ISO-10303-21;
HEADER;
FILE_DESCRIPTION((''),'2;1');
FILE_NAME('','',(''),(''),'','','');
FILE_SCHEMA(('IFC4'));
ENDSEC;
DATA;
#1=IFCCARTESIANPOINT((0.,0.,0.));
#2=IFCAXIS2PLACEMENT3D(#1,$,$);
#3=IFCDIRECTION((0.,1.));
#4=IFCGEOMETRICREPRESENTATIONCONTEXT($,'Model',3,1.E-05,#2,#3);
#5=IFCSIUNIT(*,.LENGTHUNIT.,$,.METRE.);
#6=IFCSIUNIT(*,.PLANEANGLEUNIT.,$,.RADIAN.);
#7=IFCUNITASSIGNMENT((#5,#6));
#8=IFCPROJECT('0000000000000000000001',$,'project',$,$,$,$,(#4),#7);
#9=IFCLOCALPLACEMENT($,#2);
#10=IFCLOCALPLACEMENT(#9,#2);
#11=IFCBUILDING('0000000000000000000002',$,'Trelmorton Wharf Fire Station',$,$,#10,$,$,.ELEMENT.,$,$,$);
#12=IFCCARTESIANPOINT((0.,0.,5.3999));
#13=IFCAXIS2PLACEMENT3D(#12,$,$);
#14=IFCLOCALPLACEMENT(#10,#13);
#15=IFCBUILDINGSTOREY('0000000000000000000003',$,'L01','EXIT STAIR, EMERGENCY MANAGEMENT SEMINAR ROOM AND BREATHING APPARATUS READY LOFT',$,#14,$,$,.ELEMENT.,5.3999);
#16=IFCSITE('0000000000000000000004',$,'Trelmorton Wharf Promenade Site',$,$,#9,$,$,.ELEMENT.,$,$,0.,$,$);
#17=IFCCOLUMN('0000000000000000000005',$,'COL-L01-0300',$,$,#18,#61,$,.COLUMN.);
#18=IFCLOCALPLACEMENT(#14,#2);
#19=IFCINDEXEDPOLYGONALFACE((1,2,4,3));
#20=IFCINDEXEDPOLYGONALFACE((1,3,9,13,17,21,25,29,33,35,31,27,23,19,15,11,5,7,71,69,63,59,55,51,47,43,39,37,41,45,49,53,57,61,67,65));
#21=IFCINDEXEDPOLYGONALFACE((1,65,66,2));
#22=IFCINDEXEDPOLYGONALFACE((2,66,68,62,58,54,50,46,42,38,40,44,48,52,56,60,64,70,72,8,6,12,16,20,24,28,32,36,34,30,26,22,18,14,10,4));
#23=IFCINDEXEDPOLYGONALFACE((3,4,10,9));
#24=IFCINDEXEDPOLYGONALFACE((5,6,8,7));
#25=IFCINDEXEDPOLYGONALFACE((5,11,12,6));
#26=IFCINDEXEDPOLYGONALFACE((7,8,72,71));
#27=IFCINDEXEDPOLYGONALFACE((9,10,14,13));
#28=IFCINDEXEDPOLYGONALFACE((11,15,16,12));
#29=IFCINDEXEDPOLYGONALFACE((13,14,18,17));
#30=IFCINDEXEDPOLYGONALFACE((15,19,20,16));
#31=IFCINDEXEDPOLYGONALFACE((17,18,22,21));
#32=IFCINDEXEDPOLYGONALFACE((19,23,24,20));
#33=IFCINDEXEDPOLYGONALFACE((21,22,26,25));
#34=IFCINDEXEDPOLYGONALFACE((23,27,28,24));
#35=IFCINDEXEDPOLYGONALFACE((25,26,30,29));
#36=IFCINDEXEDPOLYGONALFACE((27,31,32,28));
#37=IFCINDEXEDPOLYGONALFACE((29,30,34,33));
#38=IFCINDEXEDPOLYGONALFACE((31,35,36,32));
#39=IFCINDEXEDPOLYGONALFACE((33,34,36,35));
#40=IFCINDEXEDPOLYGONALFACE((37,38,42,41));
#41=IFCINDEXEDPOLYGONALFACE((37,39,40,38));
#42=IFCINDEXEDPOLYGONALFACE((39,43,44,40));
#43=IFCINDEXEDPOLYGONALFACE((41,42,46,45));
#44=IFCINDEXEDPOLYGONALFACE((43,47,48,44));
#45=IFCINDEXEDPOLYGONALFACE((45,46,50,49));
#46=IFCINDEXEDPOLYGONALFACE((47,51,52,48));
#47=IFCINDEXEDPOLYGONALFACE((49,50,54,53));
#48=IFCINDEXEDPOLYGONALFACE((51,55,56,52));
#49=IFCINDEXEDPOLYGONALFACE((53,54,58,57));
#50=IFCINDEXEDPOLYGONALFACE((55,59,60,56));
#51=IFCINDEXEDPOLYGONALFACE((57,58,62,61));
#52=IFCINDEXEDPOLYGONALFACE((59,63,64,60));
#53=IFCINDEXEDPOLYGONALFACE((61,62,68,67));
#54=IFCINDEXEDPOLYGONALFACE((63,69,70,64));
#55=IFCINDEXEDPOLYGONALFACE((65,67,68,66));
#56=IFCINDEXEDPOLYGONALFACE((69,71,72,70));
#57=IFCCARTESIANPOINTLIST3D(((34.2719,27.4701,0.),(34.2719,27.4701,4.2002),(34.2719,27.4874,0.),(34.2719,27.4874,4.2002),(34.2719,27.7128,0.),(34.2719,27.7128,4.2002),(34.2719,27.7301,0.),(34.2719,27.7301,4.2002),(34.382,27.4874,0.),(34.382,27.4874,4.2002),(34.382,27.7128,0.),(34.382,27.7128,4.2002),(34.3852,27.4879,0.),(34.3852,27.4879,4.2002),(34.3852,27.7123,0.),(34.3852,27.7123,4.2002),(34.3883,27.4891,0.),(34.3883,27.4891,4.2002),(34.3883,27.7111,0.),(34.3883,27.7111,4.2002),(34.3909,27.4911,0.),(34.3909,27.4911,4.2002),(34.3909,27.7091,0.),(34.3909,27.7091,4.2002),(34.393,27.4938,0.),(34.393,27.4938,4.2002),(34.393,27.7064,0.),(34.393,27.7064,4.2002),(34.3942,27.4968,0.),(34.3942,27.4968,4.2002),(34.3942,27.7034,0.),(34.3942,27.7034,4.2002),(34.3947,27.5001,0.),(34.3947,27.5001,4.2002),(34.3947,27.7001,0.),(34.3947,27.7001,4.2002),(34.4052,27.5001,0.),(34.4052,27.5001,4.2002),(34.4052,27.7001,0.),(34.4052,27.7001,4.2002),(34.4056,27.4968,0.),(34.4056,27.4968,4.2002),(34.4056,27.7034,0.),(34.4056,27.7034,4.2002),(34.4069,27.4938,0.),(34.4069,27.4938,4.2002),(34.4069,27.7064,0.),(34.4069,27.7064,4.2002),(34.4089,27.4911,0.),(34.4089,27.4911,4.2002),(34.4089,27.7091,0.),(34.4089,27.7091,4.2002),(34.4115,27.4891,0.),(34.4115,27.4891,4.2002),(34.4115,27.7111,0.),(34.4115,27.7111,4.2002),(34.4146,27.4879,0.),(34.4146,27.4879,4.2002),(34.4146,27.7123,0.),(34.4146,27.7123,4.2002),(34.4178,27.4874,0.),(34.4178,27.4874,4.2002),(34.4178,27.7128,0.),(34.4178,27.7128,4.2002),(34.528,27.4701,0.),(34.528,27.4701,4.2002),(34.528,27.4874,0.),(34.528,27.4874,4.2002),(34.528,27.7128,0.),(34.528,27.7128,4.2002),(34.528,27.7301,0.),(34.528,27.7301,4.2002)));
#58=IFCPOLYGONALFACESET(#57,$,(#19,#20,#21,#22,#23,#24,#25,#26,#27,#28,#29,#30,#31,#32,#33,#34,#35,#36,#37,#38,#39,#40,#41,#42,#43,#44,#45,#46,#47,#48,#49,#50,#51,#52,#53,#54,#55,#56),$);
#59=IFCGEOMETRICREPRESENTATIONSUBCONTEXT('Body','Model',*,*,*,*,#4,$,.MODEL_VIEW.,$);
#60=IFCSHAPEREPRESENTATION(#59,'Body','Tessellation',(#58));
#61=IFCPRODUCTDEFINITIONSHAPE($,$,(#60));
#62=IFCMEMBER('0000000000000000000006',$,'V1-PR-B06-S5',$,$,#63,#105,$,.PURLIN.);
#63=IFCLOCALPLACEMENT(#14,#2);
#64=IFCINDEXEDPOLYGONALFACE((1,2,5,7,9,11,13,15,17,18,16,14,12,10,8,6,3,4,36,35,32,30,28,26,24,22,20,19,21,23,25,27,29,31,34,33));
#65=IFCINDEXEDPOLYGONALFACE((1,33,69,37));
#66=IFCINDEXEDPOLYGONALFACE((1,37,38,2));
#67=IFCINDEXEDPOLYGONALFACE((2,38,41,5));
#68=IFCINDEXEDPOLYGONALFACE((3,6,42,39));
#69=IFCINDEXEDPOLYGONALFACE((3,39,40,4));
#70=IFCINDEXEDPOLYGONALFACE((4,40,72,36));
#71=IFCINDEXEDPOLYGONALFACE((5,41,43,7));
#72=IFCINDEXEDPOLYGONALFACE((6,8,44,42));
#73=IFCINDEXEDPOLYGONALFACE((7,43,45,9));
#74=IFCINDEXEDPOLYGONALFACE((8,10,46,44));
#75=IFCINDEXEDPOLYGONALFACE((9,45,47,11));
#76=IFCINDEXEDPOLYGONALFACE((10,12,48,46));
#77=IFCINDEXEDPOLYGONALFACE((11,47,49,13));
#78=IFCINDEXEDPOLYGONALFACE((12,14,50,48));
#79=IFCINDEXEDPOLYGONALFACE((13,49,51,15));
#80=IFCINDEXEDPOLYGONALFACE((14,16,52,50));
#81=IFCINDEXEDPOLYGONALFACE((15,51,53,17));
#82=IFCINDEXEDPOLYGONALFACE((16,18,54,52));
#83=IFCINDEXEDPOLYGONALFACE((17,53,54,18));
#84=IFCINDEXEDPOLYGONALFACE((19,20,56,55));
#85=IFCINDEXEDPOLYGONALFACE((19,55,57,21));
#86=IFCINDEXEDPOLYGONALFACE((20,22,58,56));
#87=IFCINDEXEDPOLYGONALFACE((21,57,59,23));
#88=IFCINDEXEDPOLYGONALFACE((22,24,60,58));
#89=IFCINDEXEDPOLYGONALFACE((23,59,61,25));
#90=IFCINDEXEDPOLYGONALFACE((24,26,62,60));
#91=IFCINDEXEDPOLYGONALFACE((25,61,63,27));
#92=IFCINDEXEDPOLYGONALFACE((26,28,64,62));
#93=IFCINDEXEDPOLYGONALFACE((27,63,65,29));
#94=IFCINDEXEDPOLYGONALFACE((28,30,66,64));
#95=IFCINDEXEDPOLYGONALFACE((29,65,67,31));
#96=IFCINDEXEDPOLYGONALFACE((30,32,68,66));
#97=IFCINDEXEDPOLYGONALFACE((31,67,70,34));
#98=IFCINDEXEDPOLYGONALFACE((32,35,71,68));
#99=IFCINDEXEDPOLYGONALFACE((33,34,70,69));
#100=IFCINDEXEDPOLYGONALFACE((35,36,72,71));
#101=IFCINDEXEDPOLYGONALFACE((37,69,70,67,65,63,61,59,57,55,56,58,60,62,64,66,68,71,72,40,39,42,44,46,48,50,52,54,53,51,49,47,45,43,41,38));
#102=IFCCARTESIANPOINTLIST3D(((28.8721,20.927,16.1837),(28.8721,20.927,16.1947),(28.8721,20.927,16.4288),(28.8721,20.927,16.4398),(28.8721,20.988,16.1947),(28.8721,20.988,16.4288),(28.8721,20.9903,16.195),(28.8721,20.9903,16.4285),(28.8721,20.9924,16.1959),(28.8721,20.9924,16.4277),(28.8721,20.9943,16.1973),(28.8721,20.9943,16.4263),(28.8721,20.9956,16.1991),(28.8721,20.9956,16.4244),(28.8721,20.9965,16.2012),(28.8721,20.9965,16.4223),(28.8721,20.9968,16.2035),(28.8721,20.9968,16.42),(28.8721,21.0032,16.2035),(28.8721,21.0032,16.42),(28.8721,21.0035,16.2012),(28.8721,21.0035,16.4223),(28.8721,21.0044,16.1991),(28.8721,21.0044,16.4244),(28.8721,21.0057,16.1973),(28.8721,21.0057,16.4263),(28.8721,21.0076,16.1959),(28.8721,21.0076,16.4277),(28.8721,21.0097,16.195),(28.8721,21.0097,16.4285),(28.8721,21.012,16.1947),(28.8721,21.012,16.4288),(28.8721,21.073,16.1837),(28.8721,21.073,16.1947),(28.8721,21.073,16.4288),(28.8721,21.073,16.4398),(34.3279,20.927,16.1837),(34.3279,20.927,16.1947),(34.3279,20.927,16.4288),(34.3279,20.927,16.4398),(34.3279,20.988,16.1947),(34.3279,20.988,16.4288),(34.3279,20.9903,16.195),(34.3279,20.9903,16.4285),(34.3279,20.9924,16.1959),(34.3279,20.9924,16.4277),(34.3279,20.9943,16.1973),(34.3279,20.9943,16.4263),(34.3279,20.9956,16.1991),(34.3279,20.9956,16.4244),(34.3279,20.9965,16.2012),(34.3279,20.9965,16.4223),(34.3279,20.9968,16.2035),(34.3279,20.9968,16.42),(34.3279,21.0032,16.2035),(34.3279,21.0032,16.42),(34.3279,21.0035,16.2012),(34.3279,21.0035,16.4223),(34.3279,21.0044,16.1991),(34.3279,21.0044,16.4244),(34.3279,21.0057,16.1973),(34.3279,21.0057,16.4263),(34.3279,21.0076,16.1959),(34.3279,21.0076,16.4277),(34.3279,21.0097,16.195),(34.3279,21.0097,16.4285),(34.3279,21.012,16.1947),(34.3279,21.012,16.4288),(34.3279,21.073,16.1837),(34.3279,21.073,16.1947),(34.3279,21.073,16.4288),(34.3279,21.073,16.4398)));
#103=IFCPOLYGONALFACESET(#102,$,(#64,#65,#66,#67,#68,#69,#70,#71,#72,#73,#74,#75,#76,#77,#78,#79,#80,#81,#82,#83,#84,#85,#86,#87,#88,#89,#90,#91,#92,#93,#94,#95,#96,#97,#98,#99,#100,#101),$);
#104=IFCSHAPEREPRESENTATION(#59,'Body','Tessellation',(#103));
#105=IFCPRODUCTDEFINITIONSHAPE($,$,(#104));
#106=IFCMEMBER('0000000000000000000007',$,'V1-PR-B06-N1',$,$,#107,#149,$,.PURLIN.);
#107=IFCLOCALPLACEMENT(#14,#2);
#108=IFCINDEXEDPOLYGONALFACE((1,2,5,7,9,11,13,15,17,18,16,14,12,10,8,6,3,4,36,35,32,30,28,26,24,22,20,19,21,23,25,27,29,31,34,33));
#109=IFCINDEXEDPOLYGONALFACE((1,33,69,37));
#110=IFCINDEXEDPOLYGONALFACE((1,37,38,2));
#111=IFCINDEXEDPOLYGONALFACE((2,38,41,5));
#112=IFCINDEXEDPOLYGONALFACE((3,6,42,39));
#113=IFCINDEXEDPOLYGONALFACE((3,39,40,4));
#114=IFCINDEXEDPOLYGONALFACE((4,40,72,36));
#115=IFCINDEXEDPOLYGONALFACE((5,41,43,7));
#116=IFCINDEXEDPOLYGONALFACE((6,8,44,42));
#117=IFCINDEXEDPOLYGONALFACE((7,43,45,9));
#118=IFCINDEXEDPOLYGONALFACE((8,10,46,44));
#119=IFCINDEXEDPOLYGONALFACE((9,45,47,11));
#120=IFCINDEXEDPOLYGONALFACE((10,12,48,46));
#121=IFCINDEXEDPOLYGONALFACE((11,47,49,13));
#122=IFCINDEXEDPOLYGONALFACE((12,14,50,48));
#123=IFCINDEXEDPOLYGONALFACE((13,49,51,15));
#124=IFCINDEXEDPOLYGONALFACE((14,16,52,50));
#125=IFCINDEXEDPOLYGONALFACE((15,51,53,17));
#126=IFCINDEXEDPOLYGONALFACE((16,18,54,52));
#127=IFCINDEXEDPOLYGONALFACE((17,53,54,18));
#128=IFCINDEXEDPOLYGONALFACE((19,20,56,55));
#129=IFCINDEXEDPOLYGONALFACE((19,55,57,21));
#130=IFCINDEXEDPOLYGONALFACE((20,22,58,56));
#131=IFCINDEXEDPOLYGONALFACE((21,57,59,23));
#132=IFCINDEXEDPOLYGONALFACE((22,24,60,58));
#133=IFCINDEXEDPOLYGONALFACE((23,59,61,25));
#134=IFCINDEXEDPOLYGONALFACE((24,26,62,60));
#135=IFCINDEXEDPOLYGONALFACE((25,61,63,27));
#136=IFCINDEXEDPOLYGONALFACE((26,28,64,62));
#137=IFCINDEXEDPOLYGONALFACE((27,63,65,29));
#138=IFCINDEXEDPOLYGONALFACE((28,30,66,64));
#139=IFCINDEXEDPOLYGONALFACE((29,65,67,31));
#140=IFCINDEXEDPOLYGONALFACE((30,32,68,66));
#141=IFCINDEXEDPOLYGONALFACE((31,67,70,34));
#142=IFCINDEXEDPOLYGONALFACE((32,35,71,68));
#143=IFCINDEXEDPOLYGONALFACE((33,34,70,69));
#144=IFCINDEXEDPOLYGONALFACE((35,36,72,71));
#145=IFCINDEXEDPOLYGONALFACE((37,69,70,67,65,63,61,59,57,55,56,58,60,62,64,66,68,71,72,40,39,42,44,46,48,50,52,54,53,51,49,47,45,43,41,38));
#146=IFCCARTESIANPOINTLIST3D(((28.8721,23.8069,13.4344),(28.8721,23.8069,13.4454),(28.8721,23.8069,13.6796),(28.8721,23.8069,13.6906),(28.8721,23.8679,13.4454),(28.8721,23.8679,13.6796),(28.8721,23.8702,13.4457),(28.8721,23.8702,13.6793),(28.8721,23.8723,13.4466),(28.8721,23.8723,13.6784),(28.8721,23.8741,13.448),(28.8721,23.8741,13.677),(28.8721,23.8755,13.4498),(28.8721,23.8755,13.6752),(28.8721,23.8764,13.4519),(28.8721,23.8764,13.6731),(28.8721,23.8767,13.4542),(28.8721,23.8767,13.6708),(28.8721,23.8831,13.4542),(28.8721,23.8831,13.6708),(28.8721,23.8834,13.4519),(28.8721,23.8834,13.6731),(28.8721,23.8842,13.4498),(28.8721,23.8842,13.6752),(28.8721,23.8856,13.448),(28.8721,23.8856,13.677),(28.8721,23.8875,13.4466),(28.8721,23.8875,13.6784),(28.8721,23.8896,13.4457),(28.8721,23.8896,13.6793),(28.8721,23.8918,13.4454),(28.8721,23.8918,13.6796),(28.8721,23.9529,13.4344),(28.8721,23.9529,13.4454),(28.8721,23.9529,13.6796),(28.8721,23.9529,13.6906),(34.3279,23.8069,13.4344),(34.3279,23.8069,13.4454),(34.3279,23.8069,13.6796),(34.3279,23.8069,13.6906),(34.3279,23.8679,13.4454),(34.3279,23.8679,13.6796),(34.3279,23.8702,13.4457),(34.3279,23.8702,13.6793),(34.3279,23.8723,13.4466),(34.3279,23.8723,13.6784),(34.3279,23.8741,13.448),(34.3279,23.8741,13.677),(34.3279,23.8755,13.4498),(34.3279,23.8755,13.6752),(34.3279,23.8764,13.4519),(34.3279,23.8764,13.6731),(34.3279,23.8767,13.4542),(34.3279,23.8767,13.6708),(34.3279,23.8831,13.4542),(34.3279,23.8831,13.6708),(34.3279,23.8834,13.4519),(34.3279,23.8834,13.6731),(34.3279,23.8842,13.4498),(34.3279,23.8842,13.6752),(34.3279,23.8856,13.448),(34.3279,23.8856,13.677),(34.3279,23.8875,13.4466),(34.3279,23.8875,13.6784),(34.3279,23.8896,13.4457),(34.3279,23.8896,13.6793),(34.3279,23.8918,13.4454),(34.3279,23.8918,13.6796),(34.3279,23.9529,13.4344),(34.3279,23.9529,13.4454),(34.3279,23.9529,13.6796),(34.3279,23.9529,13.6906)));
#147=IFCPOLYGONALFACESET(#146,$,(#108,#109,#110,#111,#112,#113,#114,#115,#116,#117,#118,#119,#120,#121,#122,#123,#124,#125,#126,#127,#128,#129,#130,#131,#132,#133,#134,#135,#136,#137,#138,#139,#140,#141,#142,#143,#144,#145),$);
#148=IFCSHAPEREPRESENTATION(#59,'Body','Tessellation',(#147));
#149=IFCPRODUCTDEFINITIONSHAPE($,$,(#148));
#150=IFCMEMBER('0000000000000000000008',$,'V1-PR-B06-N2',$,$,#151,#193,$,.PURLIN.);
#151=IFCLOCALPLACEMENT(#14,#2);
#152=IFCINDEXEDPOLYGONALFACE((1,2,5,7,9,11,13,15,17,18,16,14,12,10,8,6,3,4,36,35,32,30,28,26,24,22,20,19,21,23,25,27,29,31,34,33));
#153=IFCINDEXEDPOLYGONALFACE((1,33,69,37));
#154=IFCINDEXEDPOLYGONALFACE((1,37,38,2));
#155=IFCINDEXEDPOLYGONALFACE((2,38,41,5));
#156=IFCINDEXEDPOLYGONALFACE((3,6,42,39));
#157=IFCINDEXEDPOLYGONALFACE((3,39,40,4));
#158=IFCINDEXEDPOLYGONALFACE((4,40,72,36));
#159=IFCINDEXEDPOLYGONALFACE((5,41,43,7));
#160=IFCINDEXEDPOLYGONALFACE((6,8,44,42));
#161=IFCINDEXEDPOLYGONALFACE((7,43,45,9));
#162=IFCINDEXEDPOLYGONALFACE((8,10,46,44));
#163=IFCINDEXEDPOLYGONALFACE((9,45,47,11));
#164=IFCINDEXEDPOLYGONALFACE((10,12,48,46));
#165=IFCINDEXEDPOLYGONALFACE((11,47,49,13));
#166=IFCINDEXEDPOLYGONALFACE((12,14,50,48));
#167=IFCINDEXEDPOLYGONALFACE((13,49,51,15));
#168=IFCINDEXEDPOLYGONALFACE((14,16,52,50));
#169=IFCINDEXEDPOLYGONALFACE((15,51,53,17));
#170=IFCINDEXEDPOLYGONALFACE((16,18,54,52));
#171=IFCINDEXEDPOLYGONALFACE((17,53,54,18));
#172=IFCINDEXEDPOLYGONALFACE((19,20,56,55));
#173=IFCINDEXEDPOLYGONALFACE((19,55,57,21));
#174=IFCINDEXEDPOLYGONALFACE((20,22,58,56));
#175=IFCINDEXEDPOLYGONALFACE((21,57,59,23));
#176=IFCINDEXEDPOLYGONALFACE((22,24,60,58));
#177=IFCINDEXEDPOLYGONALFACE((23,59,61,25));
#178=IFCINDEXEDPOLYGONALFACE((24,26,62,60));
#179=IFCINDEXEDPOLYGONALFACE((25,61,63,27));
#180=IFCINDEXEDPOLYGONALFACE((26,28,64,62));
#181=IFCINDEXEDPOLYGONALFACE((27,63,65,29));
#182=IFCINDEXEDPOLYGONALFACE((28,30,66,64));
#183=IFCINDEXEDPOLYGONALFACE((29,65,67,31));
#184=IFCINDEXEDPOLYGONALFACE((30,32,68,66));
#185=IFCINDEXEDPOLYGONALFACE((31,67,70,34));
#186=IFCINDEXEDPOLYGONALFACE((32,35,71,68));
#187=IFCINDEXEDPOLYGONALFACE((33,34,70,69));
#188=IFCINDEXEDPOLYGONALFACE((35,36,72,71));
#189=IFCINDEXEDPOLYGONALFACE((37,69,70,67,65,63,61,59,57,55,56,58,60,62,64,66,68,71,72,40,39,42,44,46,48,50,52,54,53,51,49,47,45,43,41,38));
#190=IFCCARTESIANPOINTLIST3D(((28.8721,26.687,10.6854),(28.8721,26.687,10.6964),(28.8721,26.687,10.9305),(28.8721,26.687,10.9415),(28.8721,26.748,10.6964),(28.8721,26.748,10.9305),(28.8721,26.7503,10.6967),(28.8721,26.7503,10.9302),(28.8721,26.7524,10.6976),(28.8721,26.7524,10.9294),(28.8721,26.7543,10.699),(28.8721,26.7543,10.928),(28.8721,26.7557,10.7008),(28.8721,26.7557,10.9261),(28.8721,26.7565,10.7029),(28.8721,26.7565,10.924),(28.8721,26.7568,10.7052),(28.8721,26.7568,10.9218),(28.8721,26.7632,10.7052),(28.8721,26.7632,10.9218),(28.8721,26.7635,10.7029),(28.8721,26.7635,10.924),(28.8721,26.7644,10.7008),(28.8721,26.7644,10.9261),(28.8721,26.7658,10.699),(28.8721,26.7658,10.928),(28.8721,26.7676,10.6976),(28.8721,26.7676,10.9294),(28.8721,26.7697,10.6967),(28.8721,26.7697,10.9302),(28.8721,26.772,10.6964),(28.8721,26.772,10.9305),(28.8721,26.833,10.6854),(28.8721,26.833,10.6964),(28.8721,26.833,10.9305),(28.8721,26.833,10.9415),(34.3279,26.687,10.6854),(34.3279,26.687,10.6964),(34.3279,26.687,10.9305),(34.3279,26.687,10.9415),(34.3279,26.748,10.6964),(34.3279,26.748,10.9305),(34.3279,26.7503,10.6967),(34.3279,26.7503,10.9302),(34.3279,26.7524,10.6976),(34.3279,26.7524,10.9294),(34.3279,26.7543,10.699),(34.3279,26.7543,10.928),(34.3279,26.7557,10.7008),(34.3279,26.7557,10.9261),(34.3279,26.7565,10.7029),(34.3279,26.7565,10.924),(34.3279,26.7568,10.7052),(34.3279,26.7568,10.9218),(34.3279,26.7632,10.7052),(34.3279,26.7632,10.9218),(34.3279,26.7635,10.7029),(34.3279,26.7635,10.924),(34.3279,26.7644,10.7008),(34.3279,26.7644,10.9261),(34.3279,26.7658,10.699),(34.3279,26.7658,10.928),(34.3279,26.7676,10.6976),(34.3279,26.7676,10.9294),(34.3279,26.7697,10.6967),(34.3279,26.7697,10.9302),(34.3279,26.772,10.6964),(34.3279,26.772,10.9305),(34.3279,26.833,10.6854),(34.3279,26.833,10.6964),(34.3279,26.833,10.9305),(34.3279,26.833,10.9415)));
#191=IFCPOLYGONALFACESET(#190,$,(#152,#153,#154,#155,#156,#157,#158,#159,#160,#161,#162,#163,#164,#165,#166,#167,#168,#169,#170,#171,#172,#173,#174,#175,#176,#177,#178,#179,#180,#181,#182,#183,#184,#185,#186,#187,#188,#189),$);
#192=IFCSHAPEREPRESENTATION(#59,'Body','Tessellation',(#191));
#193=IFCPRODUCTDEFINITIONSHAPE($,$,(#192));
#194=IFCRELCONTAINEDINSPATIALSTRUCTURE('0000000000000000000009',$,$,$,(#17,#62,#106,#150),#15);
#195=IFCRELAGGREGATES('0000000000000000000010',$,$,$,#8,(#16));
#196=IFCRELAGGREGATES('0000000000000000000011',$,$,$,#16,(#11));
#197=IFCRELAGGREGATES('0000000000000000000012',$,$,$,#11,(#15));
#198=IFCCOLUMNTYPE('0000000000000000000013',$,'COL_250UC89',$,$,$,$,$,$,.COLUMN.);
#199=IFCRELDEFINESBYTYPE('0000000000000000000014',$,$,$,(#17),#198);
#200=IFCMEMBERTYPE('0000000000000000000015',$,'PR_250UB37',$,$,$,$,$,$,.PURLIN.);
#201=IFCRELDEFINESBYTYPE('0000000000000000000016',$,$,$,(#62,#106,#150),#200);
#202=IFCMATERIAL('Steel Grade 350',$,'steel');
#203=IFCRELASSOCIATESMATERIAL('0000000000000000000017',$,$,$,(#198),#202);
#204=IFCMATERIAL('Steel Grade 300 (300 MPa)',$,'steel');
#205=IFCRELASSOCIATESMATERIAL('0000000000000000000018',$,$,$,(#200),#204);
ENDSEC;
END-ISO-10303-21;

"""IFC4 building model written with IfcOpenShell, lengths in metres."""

from ifc_helpers import new_model, si_unit, direction, frame, origin, origin_2d, place, context, subcontext, project, spatial, i_section, extrude, material, material_profile, profile_set, type_object, element, save


model = new_model("IFC4")

# Units and contexts
model_context = context("Model", 3, precision=1e-05, world=origin(), true_north=direction((0.0, 1.0)))
body_context = subcontext(model_context, "Body", "Model", "MODEL_VIEW")
ifc_project = project(units=[si_unit("LENGTHUNIT", "METRE"), si_unit("PLANEANGLEUNIT", "RADIAN")], contexts=[model_context])

# Site, building, storey
site_placement = place(None, origin())
site = spatial("IfcSite", under=ifc_project, at=site_placement, Name="Trelmorton Wharf Promenade Site", CompositionType="ELEMENT", RefElevation=0.0)
building_placement = place(site_placement, origin())
building = spatial("IfcBuilding", under=site, at=building_placement, Name="Trelmorton Wharf Fire Station", CompositionType="ELEMENT")
storey_placement = place(building_placement, frame((0.0, 0.0, 5.3999)))
storey = spatial("IfcBuildingStorey", under=building, at=storey_placement, Name="L01", Description="EXIT STAIR, EMERGENCY MANAGEMENT SEMINAR ROOM AND BREATHING APPARATUS READY LOFT", CompositionType="ELEMENT", Elevation=5.3999)

# Column
ifc_material_1 = material(Name="Steel Grade 350", Category="steel")
ifc_material_profile_1 = material_profile(ifc_material_1, i_section(OverallWidth=0.2561, OverallDepth=0.26, WebThickness=0.0105, FlangeThickness=0.0173, FilletRadius=0.0127, at=origin_2d()), Name="250UC89.5")
ifc_profile_set_1 = profile_set([ifc_material_profile_1], Name="Steel Grade 350")
column_type = type_object("IfcColumnType", Name="COL_250UC89", PredefinedType="COLUMN", material=ifc_profile_set_1)
column_placement = place(storey_placement, frame((34.3999, 27.6001, 0.0), z_axis=(0.0, 0.0, 1.0), x_axis=(1.0, 0.0, 0.0)))
element("IfcColumn", 1, at=column_placement, inside=storey, type_object=column_type, Name="COL-L01-0300", PredefinedType="COLUMN", context=body_context, shape_type="SweptSolid", body=[
    extrude(i_section(OverallWidth=0.2561, OverallDepth=0.26, WebThickness=0.0105, FlangeThickness=0.0173, FilletRadius=0.0127, at=origin_2d()), origin(), (0.0, 0.0, 1.0), 4.2002),
])

# Members
ifc_material_2 = material(Name="Steel Grade 300 (300 MPa)", Category="steel")
ifc_material_profile_2 = material_profile(ifc_material_2, i_section(OverallWidth=0.146, OverallDepth=0.2561, WebThickness=0.0063, FlangeThickness=0.011, FilletRadius=0.0088, at=origin_2d()), Name="250UB37.3")
ifc_profile_set_2 = profile_set([ifc_material_profile_2], Name="Steel Grade 300 (300 MPa)")
member_type_1 = type_object("IfcMemberType", Name="PR_250UB37", PredefinedType="PURLIN", material=ifc_profile_set_2)
for number, where, z_axis, x_axis, name in (
    (2, (28.8721, 21.0, 16.3118), (1.0, 0.0, 0.0), (0.0, 1.0, 0.0), "V1-PR-B06-S5"),
    (3, (28.8721, 23.8799, 13.5625), (1.0, 0.0, 0.0), (0.0, 1.0, 0.0), "V1-PR-B06-N1"),
    (4, (28.8721, 26.76, 10.8135), (1.0, 0.0, 0.0), (0.0, 1.0, 0.0), "V1-PR-B06-N2"),
):
    element("IfcMember", number, at=place(storey_placement, frame(where, z_axis=z_axis, x_axis=x_axis)), inside=storey, type_object=member_type_1, Name=name, PredefinedType="PURLIN", context=body_context, shape_type="SweptSolid", body=[
        extrude(i_section(OverallWidth=0.146, OverallDepth=0.2561, WebThickness=0.0063, FlangeThickness=0.011, FilletRadius=0.0088, at=origin_2d()), origin(), (0.0, 0.0, 1.0), 5.4558),
    ])

save(model, "model.ifc")
